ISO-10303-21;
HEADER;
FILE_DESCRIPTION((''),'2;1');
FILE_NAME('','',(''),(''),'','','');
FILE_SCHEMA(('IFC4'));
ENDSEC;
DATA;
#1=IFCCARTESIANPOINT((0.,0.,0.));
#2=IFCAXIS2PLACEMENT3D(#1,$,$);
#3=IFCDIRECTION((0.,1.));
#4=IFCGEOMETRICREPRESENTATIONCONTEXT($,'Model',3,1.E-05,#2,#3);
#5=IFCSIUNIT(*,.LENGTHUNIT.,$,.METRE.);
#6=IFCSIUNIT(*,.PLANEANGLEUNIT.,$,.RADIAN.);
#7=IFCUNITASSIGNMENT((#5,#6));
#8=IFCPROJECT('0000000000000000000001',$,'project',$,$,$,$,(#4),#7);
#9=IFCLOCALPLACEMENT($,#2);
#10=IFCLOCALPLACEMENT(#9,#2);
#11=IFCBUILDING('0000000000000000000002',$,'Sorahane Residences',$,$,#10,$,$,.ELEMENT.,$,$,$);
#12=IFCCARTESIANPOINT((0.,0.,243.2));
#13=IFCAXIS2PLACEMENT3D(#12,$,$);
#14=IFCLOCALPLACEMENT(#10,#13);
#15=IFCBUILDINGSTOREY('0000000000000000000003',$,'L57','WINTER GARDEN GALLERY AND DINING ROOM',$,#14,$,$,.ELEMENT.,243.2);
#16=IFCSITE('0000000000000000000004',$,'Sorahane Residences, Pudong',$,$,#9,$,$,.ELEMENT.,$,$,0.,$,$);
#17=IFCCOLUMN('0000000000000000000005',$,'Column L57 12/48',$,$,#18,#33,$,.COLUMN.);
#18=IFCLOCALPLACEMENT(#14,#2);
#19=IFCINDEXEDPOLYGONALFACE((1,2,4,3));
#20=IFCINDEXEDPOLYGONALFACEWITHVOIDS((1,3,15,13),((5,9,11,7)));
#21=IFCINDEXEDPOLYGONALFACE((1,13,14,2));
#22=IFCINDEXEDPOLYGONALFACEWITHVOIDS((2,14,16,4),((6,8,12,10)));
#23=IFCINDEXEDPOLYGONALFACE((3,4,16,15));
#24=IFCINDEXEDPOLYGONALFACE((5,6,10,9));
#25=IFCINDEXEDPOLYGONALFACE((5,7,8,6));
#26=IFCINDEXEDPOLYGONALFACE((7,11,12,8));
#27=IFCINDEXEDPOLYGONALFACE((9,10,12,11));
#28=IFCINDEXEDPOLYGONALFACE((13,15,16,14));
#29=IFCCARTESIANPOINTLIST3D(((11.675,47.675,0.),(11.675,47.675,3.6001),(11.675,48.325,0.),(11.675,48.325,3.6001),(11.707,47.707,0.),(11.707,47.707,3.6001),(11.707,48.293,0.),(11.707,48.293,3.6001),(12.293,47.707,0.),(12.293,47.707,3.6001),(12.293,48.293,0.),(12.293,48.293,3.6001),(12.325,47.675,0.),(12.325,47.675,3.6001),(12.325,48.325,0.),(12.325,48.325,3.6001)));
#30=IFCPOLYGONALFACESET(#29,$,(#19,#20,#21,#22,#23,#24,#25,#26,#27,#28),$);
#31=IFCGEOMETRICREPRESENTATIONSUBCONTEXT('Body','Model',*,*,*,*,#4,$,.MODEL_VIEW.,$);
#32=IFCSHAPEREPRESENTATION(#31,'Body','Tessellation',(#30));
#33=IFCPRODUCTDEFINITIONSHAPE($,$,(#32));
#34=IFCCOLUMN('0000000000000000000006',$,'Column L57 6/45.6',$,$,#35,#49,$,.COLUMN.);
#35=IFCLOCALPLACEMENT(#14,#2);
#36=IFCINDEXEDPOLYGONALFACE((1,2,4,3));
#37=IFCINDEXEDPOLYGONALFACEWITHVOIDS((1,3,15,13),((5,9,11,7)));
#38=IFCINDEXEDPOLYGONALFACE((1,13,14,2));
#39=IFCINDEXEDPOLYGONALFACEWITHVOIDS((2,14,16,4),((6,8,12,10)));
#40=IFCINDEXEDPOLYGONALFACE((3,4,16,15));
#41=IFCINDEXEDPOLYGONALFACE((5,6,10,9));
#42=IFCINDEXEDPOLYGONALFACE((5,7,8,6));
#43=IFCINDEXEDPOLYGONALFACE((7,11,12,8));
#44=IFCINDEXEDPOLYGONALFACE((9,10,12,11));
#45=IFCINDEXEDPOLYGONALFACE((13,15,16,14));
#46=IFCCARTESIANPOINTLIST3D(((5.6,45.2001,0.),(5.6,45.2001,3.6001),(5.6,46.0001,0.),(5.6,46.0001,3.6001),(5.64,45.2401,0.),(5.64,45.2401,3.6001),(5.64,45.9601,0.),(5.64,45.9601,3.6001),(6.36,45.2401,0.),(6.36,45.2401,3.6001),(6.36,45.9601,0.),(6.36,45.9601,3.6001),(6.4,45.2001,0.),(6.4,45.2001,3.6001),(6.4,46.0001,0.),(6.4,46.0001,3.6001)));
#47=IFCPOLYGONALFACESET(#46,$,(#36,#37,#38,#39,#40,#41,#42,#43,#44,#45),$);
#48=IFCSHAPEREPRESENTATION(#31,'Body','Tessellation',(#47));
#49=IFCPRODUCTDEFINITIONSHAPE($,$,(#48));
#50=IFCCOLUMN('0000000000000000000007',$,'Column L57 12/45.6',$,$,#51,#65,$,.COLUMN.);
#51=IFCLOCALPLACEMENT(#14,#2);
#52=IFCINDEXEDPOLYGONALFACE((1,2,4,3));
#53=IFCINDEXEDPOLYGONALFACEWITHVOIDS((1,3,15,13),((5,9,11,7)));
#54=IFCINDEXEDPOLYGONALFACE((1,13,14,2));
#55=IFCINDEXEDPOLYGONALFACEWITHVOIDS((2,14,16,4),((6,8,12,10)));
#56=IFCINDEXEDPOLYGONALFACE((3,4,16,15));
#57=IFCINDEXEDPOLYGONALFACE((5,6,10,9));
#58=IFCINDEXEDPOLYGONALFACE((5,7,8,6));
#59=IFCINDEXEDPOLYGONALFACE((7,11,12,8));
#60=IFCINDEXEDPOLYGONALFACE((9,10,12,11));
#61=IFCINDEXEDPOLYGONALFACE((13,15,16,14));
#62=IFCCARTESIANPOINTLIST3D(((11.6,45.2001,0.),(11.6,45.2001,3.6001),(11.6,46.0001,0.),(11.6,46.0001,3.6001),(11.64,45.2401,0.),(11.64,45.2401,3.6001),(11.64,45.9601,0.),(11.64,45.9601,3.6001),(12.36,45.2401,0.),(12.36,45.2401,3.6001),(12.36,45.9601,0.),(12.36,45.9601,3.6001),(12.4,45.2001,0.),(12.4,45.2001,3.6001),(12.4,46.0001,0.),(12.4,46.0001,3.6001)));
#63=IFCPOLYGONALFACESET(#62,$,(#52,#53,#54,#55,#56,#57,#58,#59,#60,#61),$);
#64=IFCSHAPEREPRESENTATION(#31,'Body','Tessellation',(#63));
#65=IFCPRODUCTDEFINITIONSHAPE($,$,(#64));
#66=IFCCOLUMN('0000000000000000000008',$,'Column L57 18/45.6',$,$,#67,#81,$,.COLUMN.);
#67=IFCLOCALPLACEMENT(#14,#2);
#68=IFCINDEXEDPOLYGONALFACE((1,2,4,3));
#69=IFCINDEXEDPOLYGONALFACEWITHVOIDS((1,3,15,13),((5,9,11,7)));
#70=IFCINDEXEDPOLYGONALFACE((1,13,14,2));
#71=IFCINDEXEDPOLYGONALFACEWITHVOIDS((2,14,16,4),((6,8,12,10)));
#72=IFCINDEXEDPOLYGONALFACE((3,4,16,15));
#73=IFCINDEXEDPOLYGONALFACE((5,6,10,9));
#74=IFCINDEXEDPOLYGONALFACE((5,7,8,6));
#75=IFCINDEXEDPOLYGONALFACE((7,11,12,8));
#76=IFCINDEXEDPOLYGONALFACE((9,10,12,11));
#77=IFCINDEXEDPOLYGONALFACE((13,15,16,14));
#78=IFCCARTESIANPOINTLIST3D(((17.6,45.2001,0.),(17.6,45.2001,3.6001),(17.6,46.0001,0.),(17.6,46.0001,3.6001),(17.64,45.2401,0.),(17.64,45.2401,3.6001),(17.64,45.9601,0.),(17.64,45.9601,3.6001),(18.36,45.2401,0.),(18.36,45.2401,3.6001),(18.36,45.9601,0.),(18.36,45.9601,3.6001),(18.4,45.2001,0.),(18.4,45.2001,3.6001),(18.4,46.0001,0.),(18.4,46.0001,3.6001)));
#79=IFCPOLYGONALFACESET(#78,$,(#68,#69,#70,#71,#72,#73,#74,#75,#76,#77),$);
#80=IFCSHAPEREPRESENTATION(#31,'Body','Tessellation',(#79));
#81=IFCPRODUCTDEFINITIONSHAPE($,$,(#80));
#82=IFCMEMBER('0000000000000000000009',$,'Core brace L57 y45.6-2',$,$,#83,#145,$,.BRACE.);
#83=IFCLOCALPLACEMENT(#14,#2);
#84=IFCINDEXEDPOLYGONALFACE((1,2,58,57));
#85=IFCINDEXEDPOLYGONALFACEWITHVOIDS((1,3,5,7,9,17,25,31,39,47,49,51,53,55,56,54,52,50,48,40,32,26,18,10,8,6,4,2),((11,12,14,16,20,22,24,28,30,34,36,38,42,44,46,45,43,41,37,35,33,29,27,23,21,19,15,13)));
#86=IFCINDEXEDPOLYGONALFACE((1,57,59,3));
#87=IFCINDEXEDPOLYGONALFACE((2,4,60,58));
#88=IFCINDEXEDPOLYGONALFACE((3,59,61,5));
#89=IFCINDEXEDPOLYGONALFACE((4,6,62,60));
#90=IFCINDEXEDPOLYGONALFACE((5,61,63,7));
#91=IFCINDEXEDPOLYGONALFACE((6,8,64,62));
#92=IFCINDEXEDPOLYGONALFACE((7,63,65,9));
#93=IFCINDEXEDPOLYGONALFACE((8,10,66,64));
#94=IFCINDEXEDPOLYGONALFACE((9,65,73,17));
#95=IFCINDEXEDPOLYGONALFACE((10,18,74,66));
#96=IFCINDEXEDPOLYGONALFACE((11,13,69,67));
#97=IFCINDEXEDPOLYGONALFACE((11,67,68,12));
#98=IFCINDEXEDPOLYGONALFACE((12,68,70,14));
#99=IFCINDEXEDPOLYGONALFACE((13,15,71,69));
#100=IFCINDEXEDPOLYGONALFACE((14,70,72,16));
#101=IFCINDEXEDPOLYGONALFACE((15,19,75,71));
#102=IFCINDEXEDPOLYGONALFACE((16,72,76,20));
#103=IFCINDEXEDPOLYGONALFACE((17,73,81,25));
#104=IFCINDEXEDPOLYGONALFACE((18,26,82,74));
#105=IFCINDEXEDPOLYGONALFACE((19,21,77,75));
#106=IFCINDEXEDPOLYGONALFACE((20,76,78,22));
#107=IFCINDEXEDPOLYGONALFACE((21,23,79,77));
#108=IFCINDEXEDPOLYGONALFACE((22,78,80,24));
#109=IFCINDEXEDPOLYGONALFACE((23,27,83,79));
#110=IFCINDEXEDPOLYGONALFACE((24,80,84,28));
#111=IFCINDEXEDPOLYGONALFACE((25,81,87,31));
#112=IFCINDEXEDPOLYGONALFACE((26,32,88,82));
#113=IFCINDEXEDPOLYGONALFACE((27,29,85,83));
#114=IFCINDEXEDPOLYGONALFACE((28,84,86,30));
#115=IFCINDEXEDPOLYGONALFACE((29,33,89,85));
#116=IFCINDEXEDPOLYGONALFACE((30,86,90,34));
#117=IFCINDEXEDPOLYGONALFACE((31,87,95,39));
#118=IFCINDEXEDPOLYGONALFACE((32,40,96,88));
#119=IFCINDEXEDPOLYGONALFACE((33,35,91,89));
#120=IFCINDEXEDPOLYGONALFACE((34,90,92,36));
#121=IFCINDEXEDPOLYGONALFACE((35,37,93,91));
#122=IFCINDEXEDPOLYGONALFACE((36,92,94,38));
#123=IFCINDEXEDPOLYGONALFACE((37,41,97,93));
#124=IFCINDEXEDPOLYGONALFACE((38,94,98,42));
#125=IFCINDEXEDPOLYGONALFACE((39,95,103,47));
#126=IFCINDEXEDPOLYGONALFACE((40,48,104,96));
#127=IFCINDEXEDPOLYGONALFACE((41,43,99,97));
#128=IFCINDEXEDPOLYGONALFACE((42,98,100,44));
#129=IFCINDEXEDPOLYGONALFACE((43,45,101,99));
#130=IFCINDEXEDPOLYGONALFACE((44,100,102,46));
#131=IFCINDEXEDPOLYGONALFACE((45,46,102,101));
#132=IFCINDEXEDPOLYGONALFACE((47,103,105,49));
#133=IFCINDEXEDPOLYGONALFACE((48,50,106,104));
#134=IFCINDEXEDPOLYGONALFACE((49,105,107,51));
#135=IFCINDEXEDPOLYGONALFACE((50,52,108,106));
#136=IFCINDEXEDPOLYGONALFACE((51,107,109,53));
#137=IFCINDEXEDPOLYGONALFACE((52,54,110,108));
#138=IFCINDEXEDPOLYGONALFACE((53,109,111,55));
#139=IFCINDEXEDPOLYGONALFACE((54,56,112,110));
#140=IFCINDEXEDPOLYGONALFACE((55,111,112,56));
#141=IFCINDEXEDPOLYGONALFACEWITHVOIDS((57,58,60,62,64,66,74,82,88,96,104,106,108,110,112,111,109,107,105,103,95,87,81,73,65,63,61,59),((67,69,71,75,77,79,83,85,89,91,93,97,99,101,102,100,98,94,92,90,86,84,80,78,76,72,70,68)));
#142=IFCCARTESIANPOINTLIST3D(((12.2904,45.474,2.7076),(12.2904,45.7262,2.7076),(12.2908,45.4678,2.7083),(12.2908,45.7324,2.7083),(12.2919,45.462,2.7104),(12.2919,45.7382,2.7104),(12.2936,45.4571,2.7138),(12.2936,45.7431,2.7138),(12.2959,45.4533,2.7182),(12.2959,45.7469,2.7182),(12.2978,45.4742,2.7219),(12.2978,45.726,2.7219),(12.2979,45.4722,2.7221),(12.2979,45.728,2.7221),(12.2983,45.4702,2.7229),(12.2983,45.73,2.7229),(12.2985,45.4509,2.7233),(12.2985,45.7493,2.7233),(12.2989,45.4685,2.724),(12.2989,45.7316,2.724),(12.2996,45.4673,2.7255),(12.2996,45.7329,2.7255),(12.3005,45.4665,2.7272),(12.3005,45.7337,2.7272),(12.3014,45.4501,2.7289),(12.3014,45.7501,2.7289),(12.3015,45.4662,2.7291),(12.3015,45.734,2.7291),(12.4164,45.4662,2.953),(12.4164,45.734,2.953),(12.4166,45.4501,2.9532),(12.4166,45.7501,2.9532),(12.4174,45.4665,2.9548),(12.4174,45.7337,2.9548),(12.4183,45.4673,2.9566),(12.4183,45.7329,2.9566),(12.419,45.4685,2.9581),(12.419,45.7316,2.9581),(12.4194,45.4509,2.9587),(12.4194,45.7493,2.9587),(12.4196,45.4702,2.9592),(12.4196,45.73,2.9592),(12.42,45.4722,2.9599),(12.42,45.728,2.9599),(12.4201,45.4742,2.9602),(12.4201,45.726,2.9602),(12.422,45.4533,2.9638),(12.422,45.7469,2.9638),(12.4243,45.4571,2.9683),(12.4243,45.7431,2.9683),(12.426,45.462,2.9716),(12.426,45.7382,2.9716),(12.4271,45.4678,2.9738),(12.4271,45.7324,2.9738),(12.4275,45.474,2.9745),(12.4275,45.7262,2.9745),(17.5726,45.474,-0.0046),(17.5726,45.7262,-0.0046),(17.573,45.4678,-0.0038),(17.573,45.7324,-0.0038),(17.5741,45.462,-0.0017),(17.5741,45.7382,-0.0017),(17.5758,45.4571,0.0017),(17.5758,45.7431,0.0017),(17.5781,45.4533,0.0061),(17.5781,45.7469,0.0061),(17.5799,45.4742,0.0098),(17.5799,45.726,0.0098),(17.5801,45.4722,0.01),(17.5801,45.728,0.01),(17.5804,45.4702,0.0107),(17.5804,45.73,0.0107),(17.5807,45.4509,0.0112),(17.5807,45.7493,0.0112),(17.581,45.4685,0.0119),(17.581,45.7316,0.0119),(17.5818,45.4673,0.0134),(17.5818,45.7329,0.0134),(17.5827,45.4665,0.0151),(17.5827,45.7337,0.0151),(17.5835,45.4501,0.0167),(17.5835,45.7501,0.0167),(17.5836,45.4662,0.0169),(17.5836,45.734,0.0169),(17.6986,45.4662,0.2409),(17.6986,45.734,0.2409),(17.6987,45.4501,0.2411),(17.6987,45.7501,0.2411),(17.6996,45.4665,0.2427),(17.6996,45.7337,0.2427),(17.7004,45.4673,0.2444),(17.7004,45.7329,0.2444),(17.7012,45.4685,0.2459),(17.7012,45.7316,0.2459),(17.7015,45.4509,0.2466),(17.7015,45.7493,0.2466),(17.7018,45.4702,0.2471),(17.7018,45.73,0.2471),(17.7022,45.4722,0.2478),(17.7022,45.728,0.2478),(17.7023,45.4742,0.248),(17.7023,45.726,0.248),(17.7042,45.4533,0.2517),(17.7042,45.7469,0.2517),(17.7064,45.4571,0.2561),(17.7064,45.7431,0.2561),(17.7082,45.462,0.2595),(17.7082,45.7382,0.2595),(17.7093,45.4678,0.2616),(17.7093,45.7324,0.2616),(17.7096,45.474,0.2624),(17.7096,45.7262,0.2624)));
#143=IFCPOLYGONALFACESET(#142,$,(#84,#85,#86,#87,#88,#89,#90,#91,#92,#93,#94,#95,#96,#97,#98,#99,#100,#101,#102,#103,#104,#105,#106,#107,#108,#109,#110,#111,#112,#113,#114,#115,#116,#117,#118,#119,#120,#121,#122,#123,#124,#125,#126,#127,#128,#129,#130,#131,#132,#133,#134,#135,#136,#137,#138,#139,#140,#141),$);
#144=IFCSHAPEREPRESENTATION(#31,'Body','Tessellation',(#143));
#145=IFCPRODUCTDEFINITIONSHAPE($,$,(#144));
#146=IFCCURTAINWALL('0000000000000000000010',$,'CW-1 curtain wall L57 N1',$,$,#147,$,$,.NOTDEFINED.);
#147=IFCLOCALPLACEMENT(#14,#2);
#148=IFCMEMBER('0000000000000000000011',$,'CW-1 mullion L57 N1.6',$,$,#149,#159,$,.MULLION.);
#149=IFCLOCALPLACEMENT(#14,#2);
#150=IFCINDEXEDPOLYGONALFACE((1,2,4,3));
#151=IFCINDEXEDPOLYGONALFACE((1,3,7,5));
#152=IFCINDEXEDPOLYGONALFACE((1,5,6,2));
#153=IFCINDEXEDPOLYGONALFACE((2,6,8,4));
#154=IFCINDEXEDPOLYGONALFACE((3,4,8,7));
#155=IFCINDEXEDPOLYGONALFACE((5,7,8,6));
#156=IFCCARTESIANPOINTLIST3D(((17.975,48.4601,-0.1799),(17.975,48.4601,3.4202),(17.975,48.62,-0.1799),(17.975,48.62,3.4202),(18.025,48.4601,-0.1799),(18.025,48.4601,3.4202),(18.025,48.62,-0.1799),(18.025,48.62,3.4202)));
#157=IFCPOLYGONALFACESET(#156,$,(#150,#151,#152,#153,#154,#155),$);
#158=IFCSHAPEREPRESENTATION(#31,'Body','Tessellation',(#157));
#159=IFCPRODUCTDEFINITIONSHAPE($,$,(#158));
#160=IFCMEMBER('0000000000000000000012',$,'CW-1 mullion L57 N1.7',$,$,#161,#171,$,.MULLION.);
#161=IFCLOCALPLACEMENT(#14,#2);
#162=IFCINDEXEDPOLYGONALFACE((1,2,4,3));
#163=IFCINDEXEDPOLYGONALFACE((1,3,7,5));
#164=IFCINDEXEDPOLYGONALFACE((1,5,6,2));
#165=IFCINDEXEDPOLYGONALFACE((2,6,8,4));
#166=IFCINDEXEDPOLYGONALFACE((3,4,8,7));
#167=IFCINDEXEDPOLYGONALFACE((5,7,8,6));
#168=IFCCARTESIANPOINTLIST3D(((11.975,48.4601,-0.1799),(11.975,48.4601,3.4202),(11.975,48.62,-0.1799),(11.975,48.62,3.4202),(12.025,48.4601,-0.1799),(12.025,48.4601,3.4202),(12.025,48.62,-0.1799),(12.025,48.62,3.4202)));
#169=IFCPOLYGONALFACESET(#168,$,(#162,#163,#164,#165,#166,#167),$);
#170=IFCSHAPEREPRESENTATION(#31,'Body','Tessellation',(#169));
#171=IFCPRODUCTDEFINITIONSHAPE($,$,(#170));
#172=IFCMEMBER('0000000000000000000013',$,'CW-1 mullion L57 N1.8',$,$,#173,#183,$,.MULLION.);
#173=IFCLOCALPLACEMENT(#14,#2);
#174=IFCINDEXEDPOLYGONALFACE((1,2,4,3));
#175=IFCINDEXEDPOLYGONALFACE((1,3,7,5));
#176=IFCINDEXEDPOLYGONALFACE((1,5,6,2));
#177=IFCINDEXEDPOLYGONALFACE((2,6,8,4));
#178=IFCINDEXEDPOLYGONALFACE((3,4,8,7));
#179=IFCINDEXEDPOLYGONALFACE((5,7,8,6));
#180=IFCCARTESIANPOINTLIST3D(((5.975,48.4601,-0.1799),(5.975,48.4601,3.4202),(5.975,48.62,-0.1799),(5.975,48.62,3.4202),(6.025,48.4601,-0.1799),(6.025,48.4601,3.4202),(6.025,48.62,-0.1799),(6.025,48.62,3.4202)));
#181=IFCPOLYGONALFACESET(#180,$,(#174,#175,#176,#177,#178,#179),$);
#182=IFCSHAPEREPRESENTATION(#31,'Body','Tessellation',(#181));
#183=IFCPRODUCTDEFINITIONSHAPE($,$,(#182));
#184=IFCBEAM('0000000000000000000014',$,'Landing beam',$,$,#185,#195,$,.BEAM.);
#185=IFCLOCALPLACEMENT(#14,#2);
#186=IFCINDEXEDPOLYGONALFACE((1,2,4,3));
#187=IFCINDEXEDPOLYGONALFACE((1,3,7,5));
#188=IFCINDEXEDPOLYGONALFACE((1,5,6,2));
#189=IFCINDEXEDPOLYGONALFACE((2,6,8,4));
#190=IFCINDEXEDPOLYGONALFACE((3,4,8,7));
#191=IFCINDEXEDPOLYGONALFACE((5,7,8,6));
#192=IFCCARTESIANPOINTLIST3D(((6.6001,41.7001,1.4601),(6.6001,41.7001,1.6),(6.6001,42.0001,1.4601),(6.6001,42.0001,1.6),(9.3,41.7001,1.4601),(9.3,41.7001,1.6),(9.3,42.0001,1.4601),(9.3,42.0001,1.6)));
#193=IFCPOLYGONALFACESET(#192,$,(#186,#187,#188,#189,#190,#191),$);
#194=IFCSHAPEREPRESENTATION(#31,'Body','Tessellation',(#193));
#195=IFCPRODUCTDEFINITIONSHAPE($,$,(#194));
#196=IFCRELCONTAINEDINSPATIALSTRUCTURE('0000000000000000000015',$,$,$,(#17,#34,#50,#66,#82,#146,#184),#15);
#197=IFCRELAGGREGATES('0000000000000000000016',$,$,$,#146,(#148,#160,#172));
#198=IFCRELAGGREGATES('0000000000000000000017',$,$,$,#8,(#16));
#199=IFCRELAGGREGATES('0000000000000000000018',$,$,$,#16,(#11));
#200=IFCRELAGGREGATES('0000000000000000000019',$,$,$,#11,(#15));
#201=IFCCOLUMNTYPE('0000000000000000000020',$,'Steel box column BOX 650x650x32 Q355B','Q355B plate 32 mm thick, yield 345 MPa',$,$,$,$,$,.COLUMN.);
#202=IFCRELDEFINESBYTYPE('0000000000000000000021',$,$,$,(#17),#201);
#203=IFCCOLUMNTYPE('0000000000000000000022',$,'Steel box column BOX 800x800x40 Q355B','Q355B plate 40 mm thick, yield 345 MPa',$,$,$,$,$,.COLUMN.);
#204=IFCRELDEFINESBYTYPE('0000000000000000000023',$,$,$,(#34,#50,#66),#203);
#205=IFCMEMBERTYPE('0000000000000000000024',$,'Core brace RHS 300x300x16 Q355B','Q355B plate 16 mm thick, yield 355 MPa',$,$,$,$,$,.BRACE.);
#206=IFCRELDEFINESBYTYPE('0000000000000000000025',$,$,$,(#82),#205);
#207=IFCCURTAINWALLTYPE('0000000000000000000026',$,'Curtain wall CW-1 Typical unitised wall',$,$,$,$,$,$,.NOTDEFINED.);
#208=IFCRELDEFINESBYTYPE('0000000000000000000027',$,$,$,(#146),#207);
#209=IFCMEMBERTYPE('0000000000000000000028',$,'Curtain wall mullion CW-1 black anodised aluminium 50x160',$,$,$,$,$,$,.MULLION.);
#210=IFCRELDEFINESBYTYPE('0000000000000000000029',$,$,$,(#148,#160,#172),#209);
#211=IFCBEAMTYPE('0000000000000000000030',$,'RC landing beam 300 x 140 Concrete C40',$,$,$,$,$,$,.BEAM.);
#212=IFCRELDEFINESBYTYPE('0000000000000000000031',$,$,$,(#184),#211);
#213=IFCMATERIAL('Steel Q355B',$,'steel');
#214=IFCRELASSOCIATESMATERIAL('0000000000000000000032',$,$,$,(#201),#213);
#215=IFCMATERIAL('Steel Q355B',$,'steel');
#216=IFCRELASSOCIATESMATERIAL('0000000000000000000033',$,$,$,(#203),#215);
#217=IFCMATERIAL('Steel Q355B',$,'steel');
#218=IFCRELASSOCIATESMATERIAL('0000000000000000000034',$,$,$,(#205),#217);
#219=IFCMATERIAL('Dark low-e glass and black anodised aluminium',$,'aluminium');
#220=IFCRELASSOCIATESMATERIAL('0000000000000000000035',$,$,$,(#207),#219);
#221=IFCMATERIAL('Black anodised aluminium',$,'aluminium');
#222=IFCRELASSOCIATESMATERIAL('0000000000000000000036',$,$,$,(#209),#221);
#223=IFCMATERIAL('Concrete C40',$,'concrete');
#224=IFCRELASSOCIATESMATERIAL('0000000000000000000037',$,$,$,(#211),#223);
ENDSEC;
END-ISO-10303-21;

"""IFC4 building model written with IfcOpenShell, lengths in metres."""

from ifc_helpers import new_model, si_unit, direction, frame, origin, origin_2d, place, context, subcontext, project, spatial, rectangle, hollow_rectangle, extrude, material, material_profile, profile_set, type_object, element, aggregate, save


model = new_model("IFC4")

# Units and contexts
model_context = context("Model", 3, precision=1e-05, world=origin(), true_north=direction((0.0, 1.0)))
body_context = subcontext(model_context, "Body", "Model", "MODEL_VIEW")
ifc_project = project(units=[si_unit("LENGTHUNIT", "METRE"), si_unit("PLANEANGLEUNIT", "RADIAN")], contexts=[model_context])

# Site, building, storey
site_placement = place(None, origin())
site = spatial("IfcSite", under=ifc_project, at=site_placement, Name="Sorahane Residences, Pudong", CompositionType="ELEMENT", RefElevation=0.0)
building_placement = place(site_placement, origin())
building = spatial("IfcBuilding", under=site, at=building_placement, Name="Sorahane Residences", CompositionType="ELEMENT")
storey_placement = place(building_placement, frame((0.0, 0.0, 243.2)))
storey = spatial("IfcBuildingStorey", under=building, at=storey_placement, Name="L57", Description="WINTER GARDEN GALLERY AND DINING ROOM", CompositionType="ELEMENT", Elevation=243.2)

# Columns
ifc_material_1 = material(Name="Steel Q355B", Category="steel")
ifc_material_profile_1 = material_profile(ifc_material_1, hollow_rectangle(XDim=0.6499, YDim=0.6499, WallThickness=0.032, at=origin_2d()), Name="BOX 650x650x32")
ifc_profile_set_1 = profile_set([ifc_material_profile_1], Name="Steel Q355B")
column_type_1 = type_object("IfcColumnType", Name="Steel box column BOX 650x650x32 Q355B", Description="Q355B plate 32 mm thick, yield 345 MPa", PredefinedType="COLUMN", material=ifc_profile_set_1)
column_placement = place(storey_placement, frame((12.0, 48.0, 0.0), z_axis=(0.0, 0.0, 1.0), x_axis=(1.0, 0.0, 0.0)))
element("IfcColumn", 1, at=column_placement, inside=storey, type_object=column_type_1, Name="Column L57 12/48", PredefinedType="COLUMN", context=body_context, shape_type="SweptSolid", body=[
    extrude(hollow_rectangle(XDim=0.6499, YDim=0.6499, WallThickness=0.032, at=origin_2d()), origin(), (0.0, 0.0, 1.0), 3.6001),
])
ifc_material_2 = material(Name="Steel Q355B", Category="steel")
ifc_material_profile_2 = material_profile(ifc_material_2, hollow_rectangle(XDim=0.8, YDim=0.8, WallThickness=0.04, at=origin_2d()), Name="BOX 800x800x40")
ifc_profile_set_2 = profile_set([ifc_material_profile_2], Name="Steel Q355B")
column_type_2 = type_object("IfcColumnType", Name="Steel box column BOX 800x800x40 Q355B", Description="Q355B plate 40 mm thick, yield 345 MPa", PredefinedType="COLUMN", material=ifc_profile_set_2)
for number, where, z_axis, x_axis, name in (
    (2, (6.0, 45.6001, 0.0), (0.0, 0.0, 1.0), (1.0, 0.0, 0.0), "Column L57 6/45.6"),
    (3, (12.0, 45.6001, 0.0), (0.0, 0.0, 1.0), (1.0, 0.0, 0.0), "Column L57 12/45.6"),
    (4, (18.0, 45.6001, 0.0), (0.0, 0.0, 1.0), (1.0, 0.0, 0.0), "Column L57 18/45.6"),
):
    element("IfcColumn", number, at=place(storey_placement, frame(where, z_axis=z_axis, x_axis=x_axis)), inside=storey, type_object=column_type_2, Name=name, PredefinedType="COLUMN", context=body_context, shape_type="SweptSolid", body=[
        extrude(hollow_rectangle(XDim=0.8, YDim=0.8, WallThickness=0.04, at=origin_2d()), origin(), (0.0, 0.0, 1.0), 3.6001),
    ])

# Member
ifc_material_3 = material(Name="Steel Q355B", Category="steel")
ifc_material_profile_3 = material_profile(ifc_material_3, hollow_rectangle(XDim=0.3, YDim=0.3, WallThickness=0.0161, InnerFilletRadius=0.0081, OuterFilletRadius=0.0239, at=origin_2d()), Name="RHS 300x300x16")
ifc_profile_set_3 = profile_set([ifc_material_profile_3], Name="Steel Q355B")
member_type_1 = type_object("IfcMemberType", Name="Core brace RHS 300x300x16 Q355B", Description="Q355B plate 16 mm thick, yield 355 MPa", PredefinedType="BRACE", material=ifc_profile_set_3)
member_1_placement = place(storey_placement, frame((17.6411, 45.6001, 0.1289), z_axis=(-0.88959, 0.0, 0.45676), x_axis=(0.0, -1.0, 0.0)))
element("IfcMember", 5, at=member_1_placement, inside=storey, type_object=member_type_1, Name="Core brace L57 y45.6-2", PredefinedType="BRACE", context=body_context, shape_type="SweptSolid", body=[
    extrude(hollow_rectangle(XDim=0.3, YDim=0.3, WallThickness=0.0161, InnerFilletRadius=0.0081, OuterFilletRadius=0.0239, at=origin_2d()), origin(), (0.0, 0.0, 1.0), 5.9377),
])

# Curtain wall, members
ifc_material_4 = material(Name="Dark low-e glass and black anodised aluminium", Category="aluminium")
curtain_wall_type = type_object("IfcCurtainWallType", Name="Curtain wall CW-1 Typical unitised wall", PredefinedType="NOTDEFINED", material=ifc_material_4)
curtain_wall_placement = place(storey_placement, origin())
curtain_wall = element("IfcCurtainWall", 6, at=curtain_wall_placement, inside=storey, type_object=curtain_wall_type, Name="CW-1 curtain wall L57 N1", PredefinedType="NOTDEFINED")
ifc_material_5 = material(Name="Black anodised aluminium", Category="aluminium")
ifc_material_profile_4 = material_profile(ifc_material_5, rectangle(XDim=0.1599, YDim=0.05, at=origin_2d()), Name="Curtain wall mullion CW-1 black anodised aluminium 50x160")
ifc_profile_set_4 = profile_set([ifc_material_profile_4], Name="Black anodised aluminium")
member_type_2 = type_object("IfcMemberType", Name="Curtain wall mullion CW-1 black anodised aluminium 50x160", PredefinedType="MULLION", material=ifc_profile_set_4)
member_2_placement = place(storey_placement, frame((18.0, 48.54, -0.1799), z_axis=(0.0, 0.0, 1.0), x_axis=(0.0, 1.0, 0.0)))
member_2 = element("IfcMember", 7, at=member_2_placement, type_object=member_type_2, Name="CW-1 mullion L57 N1.6", PredefinedType="MULLION", context=body_context, shape_type="SweptSolid", body=[
    extrude(rectangle(XDim=0.1599, YDim=0.05, at=origin_2d()), origin(), (0.0, 0.0, 1.0), 3.6001),
])
member_3_placement = place(storey_placement, frame((12.0, 48.54, -0.1799), z_axis=(0.0, 0.0, 1.0), x_axis=(0.0, 1.0, 0.0)))
member_3 = element("IfcMember", 8, at=member_3_placement, type_object=member_type_2, Name="CW-1 mullion L57 N1.7", PredefinedType="MULLION", context=body_context, shape_type="SweptSolid", body=[
    extrude(rectangle(XDim=0.1599, YDim=0.05, at=origin_2d()), origin(), (0.0, 0.0, 1.0), 3.6001),
])
member_4_placement = place(storey_placement, frame((6.0, 48.54, -0.1799), z_axis=(0.0, 0.0, 1.0), x_axis=(0.0, 1.0, 0.0)))
member_4 = element("IfcMember", 9, at=member_4_placement, type_object=member_type_2, Name="CW-1 mullion L57 N1.8", PredefinedType="MULLION", context=body_context, shape_type="SweptSolid", body=[
    extrude(rectangle(XDim=0.1599, YDim=0.05, at=origin_2d()), origin(), (0.0, 0.0, 1.0), 3.6001),
])

# Beam
ifc_material_6 = material(Name="Concrete C40", Category="concrete")
ifc_material_profile_5 = material_profile(ifc_material_6, rectangle(XDim=0.3, YDim=0.1399, at=origin_2d()), Name="300x140")
ifc_profile_set_5 = profile_set([ifc_material_profile_5], Name="Concrete C40")
beam_type_1 = type_object("IfcBeamType", Name="RC landing beam 300 x 140 Concrete C40", PredefinedType="BEAM", material=ifc_profile_set_5)
for number, where, z_axis, x_axis, name in (
    (10, (6.6001, 41.8501, 1.53), (1.0, 0.0, 0.0), (0.0, 1.0, 0.0), "Landing beam"),
):
    element("IfcBeam", number, at=place(storey_placement, frame(where, z_axis=z_axis, x_axis=x_axis)), inside=storey, type_object=beam_type_1, Name=name, PredefinedType="BEAM", context=body_context, shape_type="SweptSolid", body=[
        extrude(rectangle(XDim=0.3, YDim=0.1399, at=origin_2d()), origin(), (0.0, 0.0, 1.0), 2.7),
    ])

aggregate(curtain_wall, [member_2, member_3, member_4])

save(model, "model.ifc")
